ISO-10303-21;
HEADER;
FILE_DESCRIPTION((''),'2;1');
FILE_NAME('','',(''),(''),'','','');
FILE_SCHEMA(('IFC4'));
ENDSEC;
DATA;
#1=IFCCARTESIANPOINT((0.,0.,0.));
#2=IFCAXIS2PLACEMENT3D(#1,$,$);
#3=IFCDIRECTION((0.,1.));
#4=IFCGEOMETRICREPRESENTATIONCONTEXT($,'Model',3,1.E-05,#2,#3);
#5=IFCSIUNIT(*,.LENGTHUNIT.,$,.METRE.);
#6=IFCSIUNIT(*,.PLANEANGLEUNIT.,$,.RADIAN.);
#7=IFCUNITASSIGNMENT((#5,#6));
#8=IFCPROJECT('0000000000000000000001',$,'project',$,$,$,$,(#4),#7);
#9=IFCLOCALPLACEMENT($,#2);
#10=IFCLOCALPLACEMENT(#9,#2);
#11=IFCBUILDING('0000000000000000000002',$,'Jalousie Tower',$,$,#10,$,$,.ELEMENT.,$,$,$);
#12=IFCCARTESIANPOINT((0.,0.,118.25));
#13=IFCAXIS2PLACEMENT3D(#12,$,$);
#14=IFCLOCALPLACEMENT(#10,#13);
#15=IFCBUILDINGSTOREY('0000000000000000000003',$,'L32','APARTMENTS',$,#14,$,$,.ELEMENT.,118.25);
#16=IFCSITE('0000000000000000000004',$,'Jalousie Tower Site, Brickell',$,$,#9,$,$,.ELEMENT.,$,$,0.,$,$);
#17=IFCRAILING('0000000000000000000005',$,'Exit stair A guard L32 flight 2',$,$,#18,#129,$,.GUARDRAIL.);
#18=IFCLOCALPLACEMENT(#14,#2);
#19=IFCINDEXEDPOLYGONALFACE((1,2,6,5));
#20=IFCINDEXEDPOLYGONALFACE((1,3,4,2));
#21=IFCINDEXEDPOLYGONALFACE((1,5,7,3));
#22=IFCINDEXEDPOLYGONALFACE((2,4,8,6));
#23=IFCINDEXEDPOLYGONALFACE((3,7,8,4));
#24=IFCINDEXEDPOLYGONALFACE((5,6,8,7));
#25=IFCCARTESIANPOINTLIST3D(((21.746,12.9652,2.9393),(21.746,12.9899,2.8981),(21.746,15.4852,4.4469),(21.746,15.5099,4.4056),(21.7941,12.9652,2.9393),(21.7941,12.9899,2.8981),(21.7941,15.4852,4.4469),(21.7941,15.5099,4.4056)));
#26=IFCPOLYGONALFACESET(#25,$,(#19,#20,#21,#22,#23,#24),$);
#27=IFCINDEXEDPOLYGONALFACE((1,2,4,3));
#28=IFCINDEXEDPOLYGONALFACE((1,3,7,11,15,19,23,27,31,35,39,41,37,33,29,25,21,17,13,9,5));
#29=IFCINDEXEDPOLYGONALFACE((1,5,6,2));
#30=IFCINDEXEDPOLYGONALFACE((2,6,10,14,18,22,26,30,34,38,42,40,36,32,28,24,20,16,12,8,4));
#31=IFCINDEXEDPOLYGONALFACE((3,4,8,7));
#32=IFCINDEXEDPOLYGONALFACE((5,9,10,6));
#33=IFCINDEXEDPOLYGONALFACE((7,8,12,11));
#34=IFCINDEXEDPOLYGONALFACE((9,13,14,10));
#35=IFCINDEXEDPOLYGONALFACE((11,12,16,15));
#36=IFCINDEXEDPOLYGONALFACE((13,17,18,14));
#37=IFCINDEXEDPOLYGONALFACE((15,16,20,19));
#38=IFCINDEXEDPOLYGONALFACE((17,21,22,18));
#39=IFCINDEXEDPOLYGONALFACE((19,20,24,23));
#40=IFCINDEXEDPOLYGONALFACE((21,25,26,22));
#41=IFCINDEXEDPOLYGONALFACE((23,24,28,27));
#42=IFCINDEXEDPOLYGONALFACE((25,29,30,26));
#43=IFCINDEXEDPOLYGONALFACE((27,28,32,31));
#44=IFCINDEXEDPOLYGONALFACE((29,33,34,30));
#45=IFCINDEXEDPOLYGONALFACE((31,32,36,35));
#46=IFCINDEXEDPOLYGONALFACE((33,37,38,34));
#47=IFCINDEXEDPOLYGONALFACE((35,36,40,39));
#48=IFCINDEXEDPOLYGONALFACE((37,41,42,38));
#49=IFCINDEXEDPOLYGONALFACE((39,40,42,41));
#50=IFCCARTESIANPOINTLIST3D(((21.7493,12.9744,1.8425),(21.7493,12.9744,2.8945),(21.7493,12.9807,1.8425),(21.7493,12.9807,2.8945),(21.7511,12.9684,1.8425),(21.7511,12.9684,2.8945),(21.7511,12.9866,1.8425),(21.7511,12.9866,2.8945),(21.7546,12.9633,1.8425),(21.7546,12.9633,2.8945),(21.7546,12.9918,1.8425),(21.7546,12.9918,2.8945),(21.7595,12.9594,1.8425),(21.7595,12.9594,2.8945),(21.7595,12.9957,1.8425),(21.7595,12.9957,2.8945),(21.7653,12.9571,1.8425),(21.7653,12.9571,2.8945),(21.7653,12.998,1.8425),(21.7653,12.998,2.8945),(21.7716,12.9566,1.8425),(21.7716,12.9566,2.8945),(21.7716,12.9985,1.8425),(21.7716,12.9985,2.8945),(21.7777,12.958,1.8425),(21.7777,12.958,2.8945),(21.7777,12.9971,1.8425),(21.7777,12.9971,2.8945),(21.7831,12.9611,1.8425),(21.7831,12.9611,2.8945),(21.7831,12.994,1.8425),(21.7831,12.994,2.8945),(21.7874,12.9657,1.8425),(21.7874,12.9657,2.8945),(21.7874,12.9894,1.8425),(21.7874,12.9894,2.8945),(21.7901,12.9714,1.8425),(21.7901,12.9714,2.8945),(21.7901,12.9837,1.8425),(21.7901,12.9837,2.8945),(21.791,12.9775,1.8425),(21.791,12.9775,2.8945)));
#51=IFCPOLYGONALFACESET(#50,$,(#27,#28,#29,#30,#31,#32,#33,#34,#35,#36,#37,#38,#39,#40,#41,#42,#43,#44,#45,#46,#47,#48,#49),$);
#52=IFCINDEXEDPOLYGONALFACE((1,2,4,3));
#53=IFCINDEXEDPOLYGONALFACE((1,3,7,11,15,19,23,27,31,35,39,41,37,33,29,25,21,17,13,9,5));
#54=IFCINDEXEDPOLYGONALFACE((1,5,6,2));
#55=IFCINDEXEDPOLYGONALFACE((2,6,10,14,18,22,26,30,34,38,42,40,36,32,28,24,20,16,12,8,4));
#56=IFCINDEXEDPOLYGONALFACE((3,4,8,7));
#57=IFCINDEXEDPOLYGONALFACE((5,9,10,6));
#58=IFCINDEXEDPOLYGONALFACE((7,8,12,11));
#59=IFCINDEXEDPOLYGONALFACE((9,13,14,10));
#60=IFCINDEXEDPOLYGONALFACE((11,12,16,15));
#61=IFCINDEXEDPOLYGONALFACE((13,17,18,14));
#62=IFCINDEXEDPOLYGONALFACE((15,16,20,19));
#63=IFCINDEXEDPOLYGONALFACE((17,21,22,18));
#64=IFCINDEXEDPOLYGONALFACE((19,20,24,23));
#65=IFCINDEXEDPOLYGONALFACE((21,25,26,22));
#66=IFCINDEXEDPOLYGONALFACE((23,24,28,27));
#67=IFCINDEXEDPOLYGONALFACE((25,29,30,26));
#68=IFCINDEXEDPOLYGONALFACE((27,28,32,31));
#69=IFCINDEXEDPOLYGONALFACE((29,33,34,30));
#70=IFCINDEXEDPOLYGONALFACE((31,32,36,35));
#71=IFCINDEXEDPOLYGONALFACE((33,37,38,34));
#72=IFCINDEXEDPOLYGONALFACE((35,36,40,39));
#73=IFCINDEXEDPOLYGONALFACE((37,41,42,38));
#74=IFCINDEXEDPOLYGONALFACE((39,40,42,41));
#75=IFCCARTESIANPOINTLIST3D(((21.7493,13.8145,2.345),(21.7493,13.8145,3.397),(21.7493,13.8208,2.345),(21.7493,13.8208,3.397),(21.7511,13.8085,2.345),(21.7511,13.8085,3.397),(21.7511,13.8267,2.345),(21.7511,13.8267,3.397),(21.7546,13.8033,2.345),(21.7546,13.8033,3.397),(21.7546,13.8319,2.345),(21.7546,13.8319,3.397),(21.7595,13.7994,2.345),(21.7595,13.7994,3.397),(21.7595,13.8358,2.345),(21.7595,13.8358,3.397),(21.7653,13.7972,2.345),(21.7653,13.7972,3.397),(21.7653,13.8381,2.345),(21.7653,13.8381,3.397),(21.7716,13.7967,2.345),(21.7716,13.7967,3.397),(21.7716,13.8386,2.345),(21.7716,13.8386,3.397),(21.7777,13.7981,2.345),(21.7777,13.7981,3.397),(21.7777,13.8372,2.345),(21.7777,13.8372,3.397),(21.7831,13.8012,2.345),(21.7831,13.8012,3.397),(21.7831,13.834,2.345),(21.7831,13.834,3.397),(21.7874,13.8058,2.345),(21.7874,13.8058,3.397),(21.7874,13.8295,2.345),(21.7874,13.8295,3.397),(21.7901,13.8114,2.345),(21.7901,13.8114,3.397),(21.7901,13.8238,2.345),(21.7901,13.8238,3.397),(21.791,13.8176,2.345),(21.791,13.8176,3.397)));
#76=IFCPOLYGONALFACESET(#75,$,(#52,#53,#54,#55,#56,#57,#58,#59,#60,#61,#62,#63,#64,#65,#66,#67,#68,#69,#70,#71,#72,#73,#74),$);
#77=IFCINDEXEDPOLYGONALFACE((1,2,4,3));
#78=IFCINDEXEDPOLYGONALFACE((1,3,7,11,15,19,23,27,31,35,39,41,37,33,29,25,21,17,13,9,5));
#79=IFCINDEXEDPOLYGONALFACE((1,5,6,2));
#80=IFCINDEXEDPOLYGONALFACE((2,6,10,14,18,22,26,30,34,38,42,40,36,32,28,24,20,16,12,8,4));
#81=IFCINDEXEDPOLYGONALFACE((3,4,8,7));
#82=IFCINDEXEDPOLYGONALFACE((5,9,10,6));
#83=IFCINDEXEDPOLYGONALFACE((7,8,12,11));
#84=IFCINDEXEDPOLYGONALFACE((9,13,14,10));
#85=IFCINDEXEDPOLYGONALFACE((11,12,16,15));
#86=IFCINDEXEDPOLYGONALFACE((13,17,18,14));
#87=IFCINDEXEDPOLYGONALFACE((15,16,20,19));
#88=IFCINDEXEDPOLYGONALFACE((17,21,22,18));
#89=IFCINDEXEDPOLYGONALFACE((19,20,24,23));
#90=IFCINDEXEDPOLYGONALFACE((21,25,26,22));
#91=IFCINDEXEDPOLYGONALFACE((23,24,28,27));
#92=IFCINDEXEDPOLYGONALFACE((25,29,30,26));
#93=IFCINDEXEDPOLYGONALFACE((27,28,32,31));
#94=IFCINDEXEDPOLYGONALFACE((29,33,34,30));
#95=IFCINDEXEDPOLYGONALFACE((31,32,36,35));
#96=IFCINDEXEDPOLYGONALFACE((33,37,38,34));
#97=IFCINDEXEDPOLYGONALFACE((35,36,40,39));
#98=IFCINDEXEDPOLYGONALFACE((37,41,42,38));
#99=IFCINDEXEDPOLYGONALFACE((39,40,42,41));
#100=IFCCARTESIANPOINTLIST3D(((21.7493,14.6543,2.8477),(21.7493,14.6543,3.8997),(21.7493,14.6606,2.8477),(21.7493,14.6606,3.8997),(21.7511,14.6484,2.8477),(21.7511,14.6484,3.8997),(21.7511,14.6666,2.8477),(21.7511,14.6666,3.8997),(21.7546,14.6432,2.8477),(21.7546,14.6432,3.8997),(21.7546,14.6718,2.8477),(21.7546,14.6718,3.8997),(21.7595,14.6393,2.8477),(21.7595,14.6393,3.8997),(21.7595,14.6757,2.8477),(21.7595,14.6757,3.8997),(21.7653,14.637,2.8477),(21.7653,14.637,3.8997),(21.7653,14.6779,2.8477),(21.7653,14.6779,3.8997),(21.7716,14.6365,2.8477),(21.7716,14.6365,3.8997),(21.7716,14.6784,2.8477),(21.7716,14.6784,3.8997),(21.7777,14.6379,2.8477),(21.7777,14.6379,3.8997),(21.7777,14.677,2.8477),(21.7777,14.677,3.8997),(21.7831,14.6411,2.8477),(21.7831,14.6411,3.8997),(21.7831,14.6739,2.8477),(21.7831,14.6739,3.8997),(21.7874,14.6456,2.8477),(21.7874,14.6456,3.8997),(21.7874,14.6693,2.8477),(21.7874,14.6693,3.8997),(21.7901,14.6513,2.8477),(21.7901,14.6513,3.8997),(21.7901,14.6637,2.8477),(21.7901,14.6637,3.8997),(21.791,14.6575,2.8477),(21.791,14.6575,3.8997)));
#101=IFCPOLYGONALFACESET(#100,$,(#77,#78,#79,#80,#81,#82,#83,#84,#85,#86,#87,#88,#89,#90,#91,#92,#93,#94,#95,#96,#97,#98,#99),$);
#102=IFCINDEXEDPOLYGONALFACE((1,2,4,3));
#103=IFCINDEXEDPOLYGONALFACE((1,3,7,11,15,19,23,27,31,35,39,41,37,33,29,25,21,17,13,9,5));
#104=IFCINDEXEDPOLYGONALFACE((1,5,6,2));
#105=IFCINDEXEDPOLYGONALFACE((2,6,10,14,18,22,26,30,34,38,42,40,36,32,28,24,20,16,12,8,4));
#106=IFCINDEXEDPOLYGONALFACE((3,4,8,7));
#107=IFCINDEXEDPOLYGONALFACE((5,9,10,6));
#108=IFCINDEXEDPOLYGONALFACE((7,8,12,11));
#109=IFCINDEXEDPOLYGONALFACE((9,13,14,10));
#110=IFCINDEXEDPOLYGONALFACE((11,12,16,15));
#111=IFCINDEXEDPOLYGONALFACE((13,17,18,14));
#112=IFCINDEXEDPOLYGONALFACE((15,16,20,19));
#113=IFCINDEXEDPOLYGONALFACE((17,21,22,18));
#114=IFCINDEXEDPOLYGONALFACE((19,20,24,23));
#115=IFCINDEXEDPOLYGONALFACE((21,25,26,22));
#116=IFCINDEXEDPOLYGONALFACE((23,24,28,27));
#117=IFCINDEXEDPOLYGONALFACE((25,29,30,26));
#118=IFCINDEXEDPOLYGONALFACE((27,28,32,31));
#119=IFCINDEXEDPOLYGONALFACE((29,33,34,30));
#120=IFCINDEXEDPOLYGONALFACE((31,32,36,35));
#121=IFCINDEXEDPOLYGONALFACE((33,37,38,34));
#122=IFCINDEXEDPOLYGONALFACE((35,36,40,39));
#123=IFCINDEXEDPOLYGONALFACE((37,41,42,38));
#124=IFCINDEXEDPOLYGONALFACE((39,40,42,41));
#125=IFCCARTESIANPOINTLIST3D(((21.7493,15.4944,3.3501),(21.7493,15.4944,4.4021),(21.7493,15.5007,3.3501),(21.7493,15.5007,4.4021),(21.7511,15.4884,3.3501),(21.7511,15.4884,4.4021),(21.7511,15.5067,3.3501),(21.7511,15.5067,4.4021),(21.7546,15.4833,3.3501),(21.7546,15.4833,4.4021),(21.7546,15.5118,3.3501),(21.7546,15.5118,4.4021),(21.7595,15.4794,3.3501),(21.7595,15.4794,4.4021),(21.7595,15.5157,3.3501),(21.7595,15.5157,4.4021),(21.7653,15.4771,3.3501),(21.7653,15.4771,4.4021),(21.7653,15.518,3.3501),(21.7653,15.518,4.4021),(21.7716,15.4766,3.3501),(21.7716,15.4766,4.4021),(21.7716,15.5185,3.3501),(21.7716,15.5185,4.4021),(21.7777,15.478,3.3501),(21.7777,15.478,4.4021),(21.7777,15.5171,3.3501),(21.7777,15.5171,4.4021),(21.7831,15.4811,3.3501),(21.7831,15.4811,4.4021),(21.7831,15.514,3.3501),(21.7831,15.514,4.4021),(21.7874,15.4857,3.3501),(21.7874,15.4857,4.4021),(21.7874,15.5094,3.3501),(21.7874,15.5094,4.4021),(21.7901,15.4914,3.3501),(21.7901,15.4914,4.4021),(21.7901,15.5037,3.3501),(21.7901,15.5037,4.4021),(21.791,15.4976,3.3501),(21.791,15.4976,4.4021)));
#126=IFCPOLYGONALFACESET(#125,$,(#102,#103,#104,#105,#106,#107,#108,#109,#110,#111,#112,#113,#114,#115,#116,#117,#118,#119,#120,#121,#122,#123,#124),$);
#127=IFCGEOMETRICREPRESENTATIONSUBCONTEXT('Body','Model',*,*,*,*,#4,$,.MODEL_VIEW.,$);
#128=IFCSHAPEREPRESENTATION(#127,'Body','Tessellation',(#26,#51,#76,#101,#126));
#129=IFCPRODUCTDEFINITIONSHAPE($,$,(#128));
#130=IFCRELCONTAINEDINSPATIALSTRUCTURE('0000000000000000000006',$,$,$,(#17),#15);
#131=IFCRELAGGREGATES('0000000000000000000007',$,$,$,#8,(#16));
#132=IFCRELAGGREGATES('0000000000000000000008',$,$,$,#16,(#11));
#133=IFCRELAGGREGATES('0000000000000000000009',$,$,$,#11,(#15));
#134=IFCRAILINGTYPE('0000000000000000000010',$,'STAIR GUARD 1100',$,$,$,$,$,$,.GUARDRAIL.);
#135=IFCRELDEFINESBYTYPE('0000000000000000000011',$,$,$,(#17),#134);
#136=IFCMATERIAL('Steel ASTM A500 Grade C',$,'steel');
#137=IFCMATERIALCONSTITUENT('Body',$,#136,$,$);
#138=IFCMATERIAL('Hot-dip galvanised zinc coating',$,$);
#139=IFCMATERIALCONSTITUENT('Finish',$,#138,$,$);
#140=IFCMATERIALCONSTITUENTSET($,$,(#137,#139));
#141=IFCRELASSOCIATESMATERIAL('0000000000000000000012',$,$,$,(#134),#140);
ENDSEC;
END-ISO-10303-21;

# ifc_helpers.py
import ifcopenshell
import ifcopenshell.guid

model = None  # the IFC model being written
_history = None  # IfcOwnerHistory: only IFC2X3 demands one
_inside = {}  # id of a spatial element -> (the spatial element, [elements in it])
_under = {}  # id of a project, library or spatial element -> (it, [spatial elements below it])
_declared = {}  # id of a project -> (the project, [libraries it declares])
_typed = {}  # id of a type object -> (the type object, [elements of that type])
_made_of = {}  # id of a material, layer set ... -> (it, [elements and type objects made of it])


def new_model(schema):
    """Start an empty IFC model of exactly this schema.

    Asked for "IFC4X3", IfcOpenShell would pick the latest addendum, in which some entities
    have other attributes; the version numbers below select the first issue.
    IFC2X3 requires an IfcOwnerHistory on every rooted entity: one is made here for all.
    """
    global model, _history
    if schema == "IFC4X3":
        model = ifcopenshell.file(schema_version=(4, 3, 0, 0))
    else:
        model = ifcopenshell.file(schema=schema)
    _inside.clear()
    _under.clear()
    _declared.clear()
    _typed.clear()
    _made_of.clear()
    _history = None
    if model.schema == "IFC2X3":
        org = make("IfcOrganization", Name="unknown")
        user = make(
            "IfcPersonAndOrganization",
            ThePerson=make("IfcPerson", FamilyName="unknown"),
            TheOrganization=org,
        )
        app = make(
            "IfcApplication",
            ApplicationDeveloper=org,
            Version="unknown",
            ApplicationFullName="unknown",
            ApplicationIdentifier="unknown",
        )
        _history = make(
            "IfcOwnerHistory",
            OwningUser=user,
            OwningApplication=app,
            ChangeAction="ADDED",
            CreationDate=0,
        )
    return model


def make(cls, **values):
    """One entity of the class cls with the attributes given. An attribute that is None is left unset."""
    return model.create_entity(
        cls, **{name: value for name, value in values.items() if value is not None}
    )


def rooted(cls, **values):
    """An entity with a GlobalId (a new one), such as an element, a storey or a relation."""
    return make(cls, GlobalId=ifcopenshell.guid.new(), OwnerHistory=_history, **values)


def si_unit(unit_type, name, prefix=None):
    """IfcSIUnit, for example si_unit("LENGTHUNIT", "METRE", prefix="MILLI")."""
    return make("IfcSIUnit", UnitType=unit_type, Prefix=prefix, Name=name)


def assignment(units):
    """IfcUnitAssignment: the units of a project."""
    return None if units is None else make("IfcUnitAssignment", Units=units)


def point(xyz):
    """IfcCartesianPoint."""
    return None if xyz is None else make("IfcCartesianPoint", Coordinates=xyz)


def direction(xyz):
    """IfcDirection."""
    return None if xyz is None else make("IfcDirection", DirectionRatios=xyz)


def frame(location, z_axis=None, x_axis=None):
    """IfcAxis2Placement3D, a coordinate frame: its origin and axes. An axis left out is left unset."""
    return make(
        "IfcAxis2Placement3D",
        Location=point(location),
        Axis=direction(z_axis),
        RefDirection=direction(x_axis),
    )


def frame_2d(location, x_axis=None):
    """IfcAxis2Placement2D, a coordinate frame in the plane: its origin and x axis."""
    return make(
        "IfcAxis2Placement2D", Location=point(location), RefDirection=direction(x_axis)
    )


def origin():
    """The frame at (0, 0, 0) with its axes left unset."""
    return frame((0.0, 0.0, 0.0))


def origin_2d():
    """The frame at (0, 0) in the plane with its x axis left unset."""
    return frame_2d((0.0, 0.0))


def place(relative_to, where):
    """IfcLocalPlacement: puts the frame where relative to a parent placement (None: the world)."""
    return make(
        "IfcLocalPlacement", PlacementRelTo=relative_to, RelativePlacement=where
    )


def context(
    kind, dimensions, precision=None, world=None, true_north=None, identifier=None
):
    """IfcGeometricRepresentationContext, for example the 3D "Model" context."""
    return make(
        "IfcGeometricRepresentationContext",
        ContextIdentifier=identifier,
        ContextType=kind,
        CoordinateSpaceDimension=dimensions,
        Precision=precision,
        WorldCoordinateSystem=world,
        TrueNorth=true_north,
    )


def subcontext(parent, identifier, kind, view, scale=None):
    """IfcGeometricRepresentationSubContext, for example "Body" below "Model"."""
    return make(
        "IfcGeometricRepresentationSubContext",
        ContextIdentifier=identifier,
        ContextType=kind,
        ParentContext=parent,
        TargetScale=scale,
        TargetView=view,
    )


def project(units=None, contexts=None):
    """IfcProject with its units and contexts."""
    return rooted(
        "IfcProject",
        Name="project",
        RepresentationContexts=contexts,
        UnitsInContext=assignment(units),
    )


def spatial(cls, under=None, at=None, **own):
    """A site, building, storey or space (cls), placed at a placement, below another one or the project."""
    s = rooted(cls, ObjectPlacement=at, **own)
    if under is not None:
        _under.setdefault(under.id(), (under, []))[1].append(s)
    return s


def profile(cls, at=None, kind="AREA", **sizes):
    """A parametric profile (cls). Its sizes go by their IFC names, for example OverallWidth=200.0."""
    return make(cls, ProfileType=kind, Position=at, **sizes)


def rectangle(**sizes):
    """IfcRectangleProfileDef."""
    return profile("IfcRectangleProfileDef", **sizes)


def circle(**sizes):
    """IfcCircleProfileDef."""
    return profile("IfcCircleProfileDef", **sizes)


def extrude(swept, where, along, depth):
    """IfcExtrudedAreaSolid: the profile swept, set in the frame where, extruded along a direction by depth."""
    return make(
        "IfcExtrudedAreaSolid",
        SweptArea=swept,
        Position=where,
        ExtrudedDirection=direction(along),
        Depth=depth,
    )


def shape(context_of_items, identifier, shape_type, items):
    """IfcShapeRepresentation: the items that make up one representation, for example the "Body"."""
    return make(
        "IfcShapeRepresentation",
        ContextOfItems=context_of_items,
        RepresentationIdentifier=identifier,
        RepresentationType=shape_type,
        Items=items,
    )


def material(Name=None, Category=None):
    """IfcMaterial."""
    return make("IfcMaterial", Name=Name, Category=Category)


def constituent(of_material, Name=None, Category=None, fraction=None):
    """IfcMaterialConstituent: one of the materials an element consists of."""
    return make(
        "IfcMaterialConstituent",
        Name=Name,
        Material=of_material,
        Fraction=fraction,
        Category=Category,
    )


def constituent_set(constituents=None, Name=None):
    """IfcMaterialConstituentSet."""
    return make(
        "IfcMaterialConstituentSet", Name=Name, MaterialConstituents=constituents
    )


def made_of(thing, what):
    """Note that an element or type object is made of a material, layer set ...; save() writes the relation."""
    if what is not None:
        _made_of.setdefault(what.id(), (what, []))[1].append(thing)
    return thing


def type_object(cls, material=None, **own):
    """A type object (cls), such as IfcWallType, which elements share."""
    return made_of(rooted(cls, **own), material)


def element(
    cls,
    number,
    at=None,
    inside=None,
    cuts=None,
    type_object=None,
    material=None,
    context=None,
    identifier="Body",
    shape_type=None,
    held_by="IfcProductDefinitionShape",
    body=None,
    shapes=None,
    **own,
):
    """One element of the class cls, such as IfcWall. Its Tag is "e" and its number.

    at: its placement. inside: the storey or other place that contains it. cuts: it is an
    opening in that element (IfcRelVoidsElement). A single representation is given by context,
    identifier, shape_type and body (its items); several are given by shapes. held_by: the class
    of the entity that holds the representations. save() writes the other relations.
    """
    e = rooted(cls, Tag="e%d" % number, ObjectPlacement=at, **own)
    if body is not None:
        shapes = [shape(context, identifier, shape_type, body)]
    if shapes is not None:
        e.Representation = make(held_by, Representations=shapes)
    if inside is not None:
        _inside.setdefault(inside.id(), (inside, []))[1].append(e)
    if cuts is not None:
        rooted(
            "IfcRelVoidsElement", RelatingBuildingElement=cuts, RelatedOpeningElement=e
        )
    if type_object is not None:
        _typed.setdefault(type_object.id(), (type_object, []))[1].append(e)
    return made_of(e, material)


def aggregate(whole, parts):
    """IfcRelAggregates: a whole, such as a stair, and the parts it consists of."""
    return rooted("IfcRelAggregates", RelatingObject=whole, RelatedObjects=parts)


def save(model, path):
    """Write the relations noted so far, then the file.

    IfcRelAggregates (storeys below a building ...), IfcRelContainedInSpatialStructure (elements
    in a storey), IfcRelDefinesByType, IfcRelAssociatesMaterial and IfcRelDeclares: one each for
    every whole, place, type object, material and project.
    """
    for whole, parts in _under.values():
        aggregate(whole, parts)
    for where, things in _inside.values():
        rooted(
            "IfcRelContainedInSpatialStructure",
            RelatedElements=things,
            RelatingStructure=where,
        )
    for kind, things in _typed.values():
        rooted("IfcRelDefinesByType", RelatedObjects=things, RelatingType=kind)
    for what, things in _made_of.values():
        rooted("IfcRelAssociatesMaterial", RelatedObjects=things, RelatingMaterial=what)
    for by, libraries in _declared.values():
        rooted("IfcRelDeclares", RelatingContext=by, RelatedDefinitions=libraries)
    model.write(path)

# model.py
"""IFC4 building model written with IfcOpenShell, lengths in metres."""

from ifc_helpers import new_model, si_unit, direction, frame, origin, origin_2d, place, context, subcontext, project, spatial, rectangle, circle, extrude, material, constituent, constituent_set, type_object, element, save


model = new_model("IFC4")

# Units and contexts
model_context = context("Model", 3, precision=1e-05, world=origin(), true_north=direction((0.0, 1.0)))
body_context = subcontext(model_context, "Body", "Model", "MODEL_VIEW")
ifc_project = project(units=[si_unit("LENGTHUNIT", "METRE"), si_unit("PLANEANGLEUNIT", "RADIAN")], contexts=[model_context])

# Site, building, storey
site_placement = place(None, origin())
site = spatial("IfcSite", under=ifc_project, at=site_placement, Name="Jalousie Tower Site, Brickell", CompositionType="ELEMENT", RefElevation=0.0)
building_placement = place(site_placement, origin())
building = spatial("IfcBuilding", under=site, at=building_placement, Name="Jalousie Tower", CompositionType="ELEMENT")
storey_placement = place(building_placement, frame((0.0, 0.0, 118.25)))
storey = spatial("IfcBuildingStorey", under=building, at=storey_placement, Name="L32", Description="APARTMENTS", CompositionType="ELEMENT", Elevation=118.25)

# Railing
ifc_material_1 = material(Name="Steel ASTM A500 Grade C", Category="steel")
ifc_constituent_1 = constituent(ifc_material_1, Name="Body")
ifc_material_2 = material(Name="Hot-dip galvanised zinc coating")
ifc_constituent_2 = constituent(ifc_material_2, Name="Finish")
ifc_constituent_set_1 = constituent_set(constituents=[ifc_constituent_1, ifc_constituent_2])
railing_type_1 = type_object("IfcRailingType", Name="STAIR GUARD 1100", PredefinedType="GUARDRAIL", material=ifc_constituent_set_1)
railing_1_placement = place(storey_placement, frame((21.77, 12.9775, 1.8425)))
element("IfcRailing", 1, at=railing_1_placement, inside=storey, type_object=railing_type_1, Name="Exit stair A guard L32 flight 2", PredefinedType="GUARDRAIL", context=body_context, shape_type="SweptSolid", body=[
    extrude(rectangle(XDim=0.0481, YDim=0.0481, at=origin_2d()), frame((0.0, 0.0, 1.0762), z_axis=(0.0, 0.85816, 0.513383), x_axis=(-1.0, 0.0, 0.0)), (0.0, 0.0, 1.0), 2.9365),
    extrude(circle(Radius=0.021, at=origin_2d()), origin(), (0.0, 0.0, 1.0), 1.052),
    extrude(circle(Radius=0.021, at=origin_2d()), frame((0.0, 0.8401, 0.5024)), (0.0, 0.0, 1.0), 1.052),
    extrude(circle(Radius=0.021, at=origin_2d()), frame((0.0, 1.6799, 1.0051)), (0.0, 0.0, 1.0), 1.052),
    extrude(circle(Radius=0.021, at=origin_2d()), frame((0.0, 2.52, 1.5076)), (0.0, 0.0, 1.0), 1.052),
])

save(model, "model.ifc")
